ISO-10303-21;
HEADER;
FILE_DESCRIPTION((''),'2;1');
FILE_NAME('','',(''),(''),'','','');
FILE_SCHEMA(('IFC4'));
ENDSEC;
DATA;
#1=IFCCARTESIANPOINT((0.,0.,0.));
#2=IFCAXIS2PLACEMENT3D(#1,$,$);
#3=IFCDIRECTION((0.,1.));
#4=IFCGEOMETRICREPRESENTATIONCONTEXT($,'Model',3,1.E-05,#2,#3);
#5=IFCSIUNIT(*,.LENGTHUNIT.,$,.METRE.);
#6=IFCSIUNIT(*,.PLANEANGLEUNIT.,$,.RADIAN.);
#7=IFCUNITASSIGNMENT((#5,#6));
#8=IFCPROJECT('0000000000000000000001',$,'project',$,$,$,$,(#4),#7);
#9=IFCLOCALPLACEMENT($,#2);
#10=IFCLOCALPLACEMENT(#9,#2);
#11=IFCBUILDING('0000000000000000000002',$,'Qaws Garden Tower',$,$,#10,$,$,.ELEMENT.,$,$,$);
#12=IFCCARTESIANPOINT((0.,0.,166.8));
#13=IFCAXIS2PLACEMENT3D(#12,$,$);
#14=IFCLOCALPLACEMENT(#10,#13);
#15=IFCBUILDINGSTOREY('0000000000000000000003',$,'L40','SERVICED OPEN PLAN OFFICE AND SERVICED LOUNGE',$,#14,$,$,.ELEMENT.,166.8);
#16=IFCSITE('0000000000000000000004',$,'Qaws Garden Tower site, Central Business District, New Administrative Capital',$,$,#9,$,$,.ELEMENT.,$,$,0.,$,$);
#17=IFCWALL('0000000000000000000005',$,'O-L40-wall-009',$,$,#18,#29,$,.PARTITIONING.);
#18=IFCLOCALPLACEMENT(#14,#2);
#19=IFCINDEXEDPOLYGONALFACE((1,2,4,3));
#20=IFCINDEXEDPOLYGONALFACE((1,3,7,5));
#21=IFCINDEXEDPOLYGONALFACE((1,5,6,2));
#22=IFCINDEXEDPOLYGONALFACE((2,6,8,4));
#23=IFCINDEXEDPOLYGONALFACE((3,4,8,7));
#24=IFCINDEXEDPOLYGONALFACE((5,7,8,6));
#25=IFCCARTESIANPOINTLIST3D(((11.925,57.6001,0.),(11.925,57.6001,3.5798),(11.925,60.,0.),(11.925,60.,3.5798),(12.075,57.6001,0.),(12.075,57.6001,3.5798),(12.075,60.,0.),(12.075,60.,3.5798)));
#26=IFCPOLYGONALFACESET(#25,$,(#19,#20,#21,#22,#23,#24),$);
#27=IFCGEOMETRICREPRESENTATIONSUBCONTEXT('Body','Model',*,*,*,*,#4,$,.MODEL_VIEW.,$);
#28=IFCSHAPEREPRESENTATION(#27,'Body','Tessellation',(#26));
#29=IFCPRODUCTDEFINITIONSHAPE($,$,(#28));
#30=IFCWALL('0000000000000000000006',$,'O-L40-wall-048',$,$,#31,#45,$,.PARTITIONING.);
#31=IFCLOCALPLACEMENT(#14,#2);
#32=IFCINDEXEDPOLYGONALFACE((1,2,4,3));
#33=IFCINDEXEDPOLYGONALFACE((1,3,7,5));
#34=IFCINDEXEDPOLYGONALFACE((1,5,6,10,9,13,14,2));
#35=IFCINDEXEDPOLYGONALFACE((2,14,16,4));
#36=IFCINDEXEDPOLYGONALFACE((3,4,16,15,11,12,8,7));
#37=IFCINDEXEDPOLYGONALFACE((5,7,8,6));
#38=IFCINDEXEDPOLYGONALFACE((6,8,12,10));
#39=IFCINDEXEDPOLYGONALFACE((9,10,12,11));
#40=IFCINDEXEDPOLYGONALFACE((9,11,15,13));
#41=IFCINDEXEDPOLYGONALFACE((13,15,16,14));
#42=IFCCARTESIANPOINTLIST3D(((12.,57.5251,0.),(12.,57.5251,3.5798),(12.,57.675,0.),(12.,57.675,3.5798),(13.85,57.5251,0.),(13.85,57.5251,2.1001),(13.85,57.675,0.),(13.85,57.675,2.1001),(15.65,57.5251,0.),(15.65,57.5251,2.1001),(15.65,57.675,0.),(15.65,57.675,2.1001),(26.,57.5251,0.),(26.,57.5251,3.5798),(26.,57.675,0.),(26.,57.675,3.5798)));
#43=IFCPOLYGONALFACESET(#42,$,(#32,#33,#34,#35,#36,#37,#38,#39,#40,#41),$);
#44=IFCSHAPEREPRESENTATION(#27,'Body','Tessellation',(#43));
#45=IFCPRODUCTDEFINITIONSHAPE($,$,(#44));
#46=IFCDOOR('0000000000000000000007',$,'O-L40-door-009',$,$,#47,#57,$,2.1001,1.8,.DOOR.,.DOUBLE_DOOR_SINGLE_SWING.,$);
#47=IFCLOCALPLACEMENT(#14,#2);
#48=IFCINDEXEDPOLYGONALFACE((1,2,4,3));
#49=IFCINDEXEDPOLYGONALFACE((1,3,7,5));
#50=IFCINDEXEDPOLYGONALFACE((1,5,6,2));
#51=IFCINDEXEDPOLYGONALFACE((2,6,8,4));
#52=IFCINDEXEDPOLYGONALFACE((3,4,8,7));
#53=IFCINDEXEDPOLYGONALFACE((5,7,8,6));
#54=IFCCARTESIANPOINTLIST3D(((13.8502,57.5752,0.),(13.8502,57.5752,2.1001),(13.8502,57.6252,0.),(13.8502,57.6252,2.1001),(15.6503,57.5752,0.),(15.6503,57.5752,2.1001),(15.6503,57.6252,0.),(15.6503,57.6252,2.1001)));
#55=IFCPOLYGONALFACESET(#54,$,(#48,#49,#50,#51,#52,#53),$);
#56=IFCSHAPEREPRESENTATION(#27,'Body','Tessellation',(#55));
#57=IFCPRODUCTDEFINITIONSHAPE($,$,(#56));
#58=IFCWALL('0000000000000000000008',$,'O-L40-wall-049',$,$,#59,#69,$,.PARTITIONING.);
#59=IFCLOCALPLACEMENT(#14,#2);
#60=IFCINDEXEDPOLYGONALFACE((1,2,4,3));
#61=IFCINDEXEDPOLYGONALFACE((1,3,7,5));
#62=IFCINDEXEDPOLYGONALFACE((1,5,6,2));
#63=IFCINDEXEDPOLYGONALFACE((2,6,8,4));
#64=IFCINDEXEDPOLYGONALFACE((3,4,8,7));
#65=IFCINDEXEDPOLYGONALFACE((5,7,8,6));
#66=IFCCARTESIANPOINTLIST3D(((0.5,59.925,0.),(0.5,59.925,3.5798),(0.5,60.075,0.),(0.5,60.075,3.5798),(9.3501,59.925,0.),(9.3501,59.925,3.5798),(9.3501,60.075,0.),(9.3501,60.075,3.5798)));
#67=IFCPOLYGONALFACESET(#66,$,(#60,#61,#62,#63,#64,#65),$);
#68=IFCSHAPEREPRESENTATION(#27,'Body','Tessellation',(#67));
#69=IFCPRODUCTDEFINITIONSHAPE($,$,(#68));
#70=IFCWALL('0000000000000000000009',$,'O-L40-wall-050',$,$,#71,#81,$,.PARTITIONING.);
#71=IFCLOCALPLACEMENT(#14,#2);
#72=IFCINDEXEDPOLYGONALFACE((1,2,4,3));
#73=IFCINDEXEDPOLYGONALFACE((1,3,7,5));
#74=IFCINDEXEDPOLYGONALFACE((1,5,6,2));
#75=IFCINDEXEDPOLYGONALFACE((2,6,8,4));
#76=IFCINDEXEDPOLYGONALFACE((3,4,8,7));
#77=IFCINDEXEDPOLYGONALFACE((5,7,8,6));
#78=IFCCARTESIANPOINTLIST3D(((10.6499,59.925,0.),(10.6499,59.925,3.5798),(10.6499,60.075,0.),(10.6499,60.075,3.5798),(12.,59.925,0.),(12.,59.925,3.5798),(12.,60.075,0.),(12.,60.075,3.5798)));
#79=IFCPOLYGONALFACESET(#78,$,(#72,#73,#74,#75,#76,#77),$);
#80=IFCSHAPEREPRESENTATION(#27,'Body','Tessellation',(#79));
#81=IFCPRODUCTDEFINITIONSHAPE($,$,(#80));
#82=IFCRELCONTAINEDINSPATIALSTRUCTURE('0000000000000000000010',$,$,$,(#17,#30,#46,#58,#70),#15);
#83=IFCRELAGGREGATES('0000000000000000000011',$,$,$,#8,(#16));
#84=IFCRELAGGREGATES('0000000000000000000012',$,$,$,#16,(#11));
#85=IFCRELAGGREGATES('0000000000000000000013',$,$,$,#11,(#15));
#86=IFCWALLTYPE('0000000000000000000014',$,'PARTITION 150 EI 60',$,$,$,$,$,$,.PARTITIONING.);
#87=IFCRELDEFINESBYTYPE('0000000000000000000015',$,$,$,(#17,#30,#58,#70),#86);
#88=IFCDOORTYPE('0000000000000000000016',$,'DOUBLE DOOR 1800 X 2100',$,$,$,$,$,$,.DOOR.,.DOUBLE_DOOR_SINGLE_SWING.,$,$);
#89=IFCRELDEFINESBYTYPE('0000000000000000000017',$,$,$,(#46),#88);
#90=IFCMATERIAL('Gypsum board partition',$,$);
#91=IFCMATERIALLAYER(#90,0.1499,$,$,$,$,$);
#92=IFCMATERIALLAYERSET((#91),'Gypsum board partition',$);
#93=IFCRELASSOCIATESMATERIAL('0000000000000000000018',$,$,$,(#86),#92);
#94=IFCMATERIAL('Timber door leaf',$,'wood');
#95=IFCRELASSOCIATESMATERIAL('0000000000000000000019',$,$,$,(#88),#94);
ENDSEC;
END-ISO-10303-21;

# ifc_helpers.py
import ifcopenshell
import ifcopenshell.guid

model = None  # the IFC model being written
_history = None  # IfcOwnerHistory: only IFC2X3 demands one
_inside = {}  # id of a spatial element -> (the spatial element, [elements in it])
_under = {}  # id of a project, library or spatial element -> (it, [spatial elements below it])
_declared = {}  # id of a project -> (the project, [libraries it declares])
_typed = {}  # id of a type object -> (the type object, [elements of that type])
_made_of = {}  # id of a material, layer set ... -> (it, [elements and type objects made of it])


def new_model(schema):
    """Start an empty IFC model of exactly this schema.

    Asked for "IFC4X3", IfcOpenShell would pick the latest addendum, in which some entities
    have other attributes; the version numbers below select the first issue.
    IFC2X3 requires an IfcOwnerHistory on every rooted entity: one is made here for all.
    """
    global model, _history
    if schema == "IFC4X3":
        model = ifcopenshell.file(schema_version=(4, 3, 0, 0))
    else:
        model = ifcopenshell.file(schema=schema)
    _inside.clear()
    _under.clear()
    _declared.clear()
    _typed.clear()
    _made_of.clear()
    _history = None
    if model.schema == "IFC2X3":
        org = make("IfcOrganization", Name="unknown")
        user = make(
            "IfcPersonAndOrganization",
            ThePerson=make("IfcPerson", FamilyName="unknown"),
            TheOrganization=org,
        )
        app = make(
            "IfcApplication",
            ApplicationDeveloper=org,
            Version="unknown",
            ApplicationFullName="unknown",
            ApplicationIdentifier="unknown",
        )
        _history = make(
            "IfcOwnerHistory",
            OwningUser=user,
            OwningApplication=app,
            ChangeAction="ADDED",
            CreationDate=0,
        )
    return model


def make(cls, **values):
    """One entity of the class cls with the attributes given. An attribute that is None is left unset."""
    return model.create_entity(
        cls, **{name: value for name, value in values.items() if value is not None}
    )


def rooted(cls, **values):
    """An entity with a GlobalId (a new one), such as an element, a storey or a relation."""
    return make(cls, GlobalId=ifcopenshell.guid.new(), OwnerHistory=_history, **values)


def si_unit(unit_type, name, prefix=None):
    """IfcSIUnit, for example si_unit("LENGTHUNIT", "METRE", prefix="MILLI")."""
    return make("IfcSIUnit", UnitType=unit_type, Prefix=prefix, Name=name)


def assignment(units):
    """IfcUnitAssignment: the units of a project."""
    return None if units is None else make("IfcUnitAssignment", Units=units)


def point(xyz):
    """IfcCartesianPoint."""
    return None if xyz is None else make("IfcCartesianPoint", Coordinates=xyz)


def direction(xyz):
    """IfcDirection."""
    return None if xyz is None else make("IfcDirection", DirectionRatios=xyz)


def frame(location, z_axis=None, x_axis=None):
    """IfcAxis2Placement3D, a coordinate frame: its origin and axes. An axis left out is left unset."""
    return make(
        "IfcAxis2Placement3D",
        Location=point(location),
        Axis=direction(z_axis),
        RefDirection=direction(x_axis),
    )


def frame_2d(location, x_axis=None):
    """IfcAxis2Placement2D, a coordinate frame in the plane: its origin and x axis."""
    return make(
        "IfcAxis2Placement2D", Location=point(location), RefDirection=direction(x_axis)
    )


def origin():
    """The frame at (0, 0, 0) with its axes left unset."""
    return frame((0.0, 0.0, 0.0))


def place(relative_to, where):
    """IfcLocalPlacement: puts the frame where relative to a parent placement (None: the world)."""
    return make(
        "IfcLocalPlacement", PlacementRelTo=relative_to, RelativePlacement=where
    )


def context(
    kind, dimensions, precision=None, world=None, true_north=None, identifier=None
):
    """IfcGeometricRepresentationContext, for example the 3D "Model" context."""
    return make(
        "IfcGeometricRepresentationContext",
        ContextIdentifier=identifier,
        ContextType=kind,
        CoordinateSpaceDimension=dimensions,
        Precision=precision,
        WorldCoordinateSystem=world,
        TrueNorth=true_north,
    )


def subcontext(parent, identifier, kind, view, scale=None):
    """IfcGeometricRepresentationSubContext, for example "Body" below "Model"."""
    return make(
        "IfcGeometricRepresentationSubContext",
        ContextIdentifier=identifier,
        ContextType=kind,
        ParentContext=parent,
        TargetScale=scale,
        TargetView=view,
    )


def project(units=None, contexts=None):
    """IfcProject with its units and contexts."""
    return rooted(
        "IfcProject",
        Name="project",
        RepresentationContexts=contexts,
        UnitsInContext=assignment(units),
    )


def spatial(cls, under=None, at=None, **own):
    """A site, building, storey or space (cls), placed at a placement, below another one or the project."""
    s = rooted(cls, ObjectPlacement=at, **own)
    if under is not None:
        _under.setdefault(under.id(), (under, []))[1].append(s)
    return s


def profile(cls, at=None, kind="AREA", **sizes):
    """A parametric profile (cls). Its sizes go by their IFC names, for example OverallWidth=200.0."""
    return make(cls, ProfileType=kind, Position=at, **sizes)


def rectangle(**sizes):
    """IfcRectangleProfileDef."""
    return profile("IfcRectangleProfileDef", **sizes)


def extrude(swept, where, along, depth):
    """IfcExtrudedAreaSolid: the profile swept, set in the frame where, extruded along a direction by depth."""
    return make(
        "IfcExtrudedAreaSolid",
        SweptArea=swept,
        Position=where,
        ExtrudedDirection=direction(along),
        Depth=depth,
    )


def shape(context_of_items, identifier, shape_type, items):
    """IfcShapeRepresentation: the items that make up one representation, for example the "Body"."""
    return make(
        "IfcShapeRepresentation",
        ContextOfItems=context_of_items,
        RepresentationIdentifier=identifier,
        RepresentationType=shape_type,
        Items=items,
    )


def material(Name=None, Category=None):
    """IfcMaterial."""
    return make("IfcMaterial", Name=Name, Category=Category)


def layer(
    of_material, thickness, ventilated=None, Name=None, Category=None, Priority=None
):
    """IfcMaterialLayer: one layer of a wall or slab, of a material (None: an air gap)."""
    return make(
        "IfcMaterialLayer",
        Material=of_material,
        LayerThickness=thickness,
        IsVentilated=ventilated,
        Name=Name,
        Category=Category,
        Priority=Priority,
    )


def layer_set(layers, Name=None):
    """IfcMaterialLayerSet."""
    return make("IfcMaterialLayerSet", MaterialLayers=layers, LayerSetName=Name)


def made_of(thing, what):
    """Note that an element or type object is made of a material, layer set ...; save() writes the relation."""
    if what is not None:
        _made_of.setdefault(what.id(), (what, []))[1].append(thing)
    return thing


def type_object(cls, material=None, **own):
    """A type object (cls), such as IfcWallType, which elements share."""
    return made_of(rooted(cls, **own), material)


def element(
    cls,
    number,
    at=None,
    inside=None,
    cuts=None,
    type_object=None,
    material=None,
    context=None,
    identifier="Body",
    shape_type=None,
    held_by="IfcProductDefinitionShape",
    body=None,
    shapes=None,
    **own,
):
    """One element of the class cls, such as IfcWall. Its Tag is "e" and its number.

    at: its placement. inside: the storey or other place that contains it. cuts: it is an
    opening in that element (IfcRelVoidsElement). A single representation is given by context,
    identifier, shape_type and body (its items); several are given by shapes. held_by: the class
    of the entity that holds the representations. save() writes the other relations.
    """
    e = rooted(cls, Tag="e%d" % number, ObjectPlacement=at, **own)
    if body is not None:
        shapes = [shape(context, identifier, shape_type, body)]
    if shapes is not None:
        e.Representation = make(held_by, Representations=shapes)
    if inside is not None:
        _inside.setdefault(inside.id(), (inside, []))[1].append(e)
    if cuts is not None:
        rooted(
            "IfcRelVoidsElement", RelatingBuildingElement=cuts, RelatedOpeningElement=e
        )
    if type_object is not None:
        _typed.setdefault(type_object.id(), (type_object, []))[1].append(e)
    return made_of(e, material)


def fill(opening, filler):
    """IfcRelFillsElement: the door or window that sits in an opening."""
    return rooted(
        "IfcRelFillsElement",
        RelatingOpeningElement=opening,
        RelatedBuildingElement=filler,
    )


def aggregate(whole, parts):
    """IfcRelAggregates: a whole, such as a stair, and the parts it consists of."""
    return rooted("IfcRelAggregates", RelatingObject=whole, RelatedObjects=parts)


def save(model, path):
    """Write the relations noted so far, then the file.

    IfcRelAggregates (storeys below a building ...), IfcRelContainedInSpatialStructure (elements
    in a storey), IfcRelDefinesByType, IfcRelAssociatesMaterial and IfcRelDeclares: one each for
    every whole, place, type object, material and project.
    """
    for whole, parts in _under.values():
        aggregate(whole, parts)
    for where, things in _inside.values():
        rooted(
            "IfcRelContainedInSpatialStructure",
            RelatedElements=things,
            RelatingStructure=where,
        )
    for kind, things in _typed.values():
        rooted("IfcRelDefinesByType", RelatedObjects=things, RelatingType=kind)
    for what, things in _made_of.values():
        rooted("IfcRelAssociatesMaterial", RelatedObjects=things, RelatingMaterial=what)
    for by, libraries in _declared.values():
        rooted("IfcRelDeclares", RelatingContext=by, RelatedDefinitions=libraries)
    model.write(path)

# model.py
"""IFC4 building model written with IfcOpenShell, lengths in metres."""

from ifc_helpers import new_model, si_unit, direction, frame, frame_2d, origin, place, context, subcontext, project, spatial, rectangle, extrude, material, layer, layer_set, type_object, element, fill, save


model = new_model("IFC4")

# Units and contexts
model_context = context("Model", 3, precision=1e-05, world=origin(), true_north=direction((0.0, 1.0)))
body_context = subcontext(model_context, "Body", "Model", "MODEL_VIEW")
ifc_project = project(units=[si_unit("LENGTHUNIT", "METRE"), si_unit("PLANEANGLEUNIT", "RADIAN")], contexts=[model_context])

# Site, building, storey
site_placement = place(None, origin())
site = spatial("IfcSite", under=ifc_project, at=site_placement, Name="Qaws Garden Tower site, Central Business District, New Administrative Capital", CompositionType="ELEMENT", RefElevation=0.0)
building_placement = place(site_placement, origin())
building = spatial("IfcBuilding", under=site, at=building_placement, Name="Qaws Garden Tower", CompositionType="ELEMENT")
storey_placement = place(building_placement, frame((0.0, 0.0, 166.8)))
storey = spatial("IfcBuildingStorey", under=building, at=storey_placement, Name="L40", Description="SERVICED OPEN PLAN OFFICE AND SERVICED LOUNGE", CompositionType="ELEMENT", Elevation=166.8)

# Shared definitions
ifc_material_1 = material(Name="Gypsum board partition")
ifc_layer_1 = layer(ifc_material_1, 0.1499)
ifc_layer_set_1 = layer_set([ifc_layer_1], Name="Gypsum board partition")
wall_type_1 = type_object("IfcWallType", Name="PARTITION 150 EI 60", PredefinedType="PARTITIONING", material=ifc_layer_set_1)
ifc_material_2 = material(Name="Timber door leaf", Category="wood")
door_type_1 = type_object("IfcDoorType", Name="DOUBLE DOOR 1800 X 2100", OperationType="DOUBLE_DOOR_SINGLE_SWING", PredefinedType="DOOR", material=ifc_material_2)

# Wall
wall_1_placement = place(storey_placement, frame((12.0, 57.6001, 0.0), z_axis=(0.0, 0.0, 1.0), x_axis=(0.0, 1.0, 0.0)))
element("IfcWall", 1, at=wall_1_placement, inside=storey, type_object=wall_type_1, Name="O-L40-wall-009", PredefinedType="PARTITIONING", context=body_context, shape_type="SweptSolid", body=[
    extrude(rectangle(XDim=2.3999, YDim=0.1499, at=frame_2d((1.2, 0.0))), origin(), (0.0, 0.0, 1.0), 3.5798),
])

# Wall, opening, door
wall_2_placement = place(storey_placement, frame((12.0, 57.6001, 0.0), z_axis=(0.0, 0.0, 1.0), x_axis=(1.0, 0.0, 0.0)))
wall_2 = element("IfcWall", 2, at=wall_2_placement, inside=storey, type_object=wall_type_1, Name="O-L40-wall-048", PredefinedType="PARTITIONING", context=body_context, shape_type="SweptSolid", body=[
    extrude(rectangle(XDim=14.0, YDim=0.1499, at=frame_2d((7.0, 0.0))), origin(), (0.0, 0.0, 1.0), 3.5798),
])
opening_1_placement = place(wall_2_placement, frame((1.8501, 0.0, 0.0)))
opening_1 = element("IfcOpeningElement", 3, at=opening_1_placement, cuts=wall_2, PredefinedType="OPENING", context=body_context, shape_type="SweptSolid", body=[
    extrude(rectangle(XDim=1.8, YDim=2.1001, at=frame_2d((0.8999, 1.05))), frame((0.0, 0.085, 0.0), z_axis=(0.0, -1.0, 0.0), x_axis=(1.0, 0.0, 0.0)), (0.0, 0.0, 1.0), 0.1699),
])
door_1_placement = place(opening_1_placement, frame((1.8, 0.0, 0.0), z_axis=(0.0, 0.0, 1.0), x_axis=(-1.0, 0.0, 0.0)))
door_1 = element("IfcDoor", 4, at=door_1_placement, inside=storey, type_object=door_type_1, Name="O-L40-door-009", OperationType="DOUBLE_DOOR_SINGLE_SWING", OverallHeight=2.1001, OverallWidth=1.8, PredefinedType="DOOR", context=body_context, shape_type="SweptSolid", body=[
    extrude(rectangle(XDim=1.8, YDim=2.1001, at=frame_2d((0.8999, 1.05))), frame((0.0, 0.0249, 0.0), z_axis=(0.0, -1.0, 0.0), x_axis=(1.0, 0.0, 0.0)), (0.0, 0.0, 1.0), 0.05),
])
fill(opening_1, door_1)

# Walls
wall_3_placement = place(storey_placement, frame((0.5, 60.0, 0.0), z_axis=(0.0, 0.0, 1.0), x_axis=(1.0, 0.0, 0.0)))
element("IfcWall", 5, at=wall_3_placement, inside=storey, type_object=wall_type_1, Name="O-L40-wall-049", PredefinedType="PARTITIONING", context=body_context, shape_type="SweptSolid", body=[
    extrude(rectangle(XDim=8.8501, YDim=0.1499, at=frame_2d((4.425, 0.0))), origin(), (0.0, 0.0, 1.0), 3.5798),
])
wall_4_placement = place(storey_placement, frame((10.6499, 60.0, 0.0), z_axis=(0.0, 0.0, 1.0), x_axis=(1.0, 0.0, 0.0)))
element("IfcWall", 6, at=wall_4_placement, inside=storey, type_object=wall_type_1, Name="O-L40-wall-050", PredefinedType="PARTITIONING", context=body_context, shape_type="SweptSolid", body=[
    extrude(rectangle(XDim=1.3501, YDim=0.1499, at=frame_2d((0.675, 0.0))), origin(), (0.0, 0.0, 1.0), 3.5798),
])

save(model, "model.ifc")
